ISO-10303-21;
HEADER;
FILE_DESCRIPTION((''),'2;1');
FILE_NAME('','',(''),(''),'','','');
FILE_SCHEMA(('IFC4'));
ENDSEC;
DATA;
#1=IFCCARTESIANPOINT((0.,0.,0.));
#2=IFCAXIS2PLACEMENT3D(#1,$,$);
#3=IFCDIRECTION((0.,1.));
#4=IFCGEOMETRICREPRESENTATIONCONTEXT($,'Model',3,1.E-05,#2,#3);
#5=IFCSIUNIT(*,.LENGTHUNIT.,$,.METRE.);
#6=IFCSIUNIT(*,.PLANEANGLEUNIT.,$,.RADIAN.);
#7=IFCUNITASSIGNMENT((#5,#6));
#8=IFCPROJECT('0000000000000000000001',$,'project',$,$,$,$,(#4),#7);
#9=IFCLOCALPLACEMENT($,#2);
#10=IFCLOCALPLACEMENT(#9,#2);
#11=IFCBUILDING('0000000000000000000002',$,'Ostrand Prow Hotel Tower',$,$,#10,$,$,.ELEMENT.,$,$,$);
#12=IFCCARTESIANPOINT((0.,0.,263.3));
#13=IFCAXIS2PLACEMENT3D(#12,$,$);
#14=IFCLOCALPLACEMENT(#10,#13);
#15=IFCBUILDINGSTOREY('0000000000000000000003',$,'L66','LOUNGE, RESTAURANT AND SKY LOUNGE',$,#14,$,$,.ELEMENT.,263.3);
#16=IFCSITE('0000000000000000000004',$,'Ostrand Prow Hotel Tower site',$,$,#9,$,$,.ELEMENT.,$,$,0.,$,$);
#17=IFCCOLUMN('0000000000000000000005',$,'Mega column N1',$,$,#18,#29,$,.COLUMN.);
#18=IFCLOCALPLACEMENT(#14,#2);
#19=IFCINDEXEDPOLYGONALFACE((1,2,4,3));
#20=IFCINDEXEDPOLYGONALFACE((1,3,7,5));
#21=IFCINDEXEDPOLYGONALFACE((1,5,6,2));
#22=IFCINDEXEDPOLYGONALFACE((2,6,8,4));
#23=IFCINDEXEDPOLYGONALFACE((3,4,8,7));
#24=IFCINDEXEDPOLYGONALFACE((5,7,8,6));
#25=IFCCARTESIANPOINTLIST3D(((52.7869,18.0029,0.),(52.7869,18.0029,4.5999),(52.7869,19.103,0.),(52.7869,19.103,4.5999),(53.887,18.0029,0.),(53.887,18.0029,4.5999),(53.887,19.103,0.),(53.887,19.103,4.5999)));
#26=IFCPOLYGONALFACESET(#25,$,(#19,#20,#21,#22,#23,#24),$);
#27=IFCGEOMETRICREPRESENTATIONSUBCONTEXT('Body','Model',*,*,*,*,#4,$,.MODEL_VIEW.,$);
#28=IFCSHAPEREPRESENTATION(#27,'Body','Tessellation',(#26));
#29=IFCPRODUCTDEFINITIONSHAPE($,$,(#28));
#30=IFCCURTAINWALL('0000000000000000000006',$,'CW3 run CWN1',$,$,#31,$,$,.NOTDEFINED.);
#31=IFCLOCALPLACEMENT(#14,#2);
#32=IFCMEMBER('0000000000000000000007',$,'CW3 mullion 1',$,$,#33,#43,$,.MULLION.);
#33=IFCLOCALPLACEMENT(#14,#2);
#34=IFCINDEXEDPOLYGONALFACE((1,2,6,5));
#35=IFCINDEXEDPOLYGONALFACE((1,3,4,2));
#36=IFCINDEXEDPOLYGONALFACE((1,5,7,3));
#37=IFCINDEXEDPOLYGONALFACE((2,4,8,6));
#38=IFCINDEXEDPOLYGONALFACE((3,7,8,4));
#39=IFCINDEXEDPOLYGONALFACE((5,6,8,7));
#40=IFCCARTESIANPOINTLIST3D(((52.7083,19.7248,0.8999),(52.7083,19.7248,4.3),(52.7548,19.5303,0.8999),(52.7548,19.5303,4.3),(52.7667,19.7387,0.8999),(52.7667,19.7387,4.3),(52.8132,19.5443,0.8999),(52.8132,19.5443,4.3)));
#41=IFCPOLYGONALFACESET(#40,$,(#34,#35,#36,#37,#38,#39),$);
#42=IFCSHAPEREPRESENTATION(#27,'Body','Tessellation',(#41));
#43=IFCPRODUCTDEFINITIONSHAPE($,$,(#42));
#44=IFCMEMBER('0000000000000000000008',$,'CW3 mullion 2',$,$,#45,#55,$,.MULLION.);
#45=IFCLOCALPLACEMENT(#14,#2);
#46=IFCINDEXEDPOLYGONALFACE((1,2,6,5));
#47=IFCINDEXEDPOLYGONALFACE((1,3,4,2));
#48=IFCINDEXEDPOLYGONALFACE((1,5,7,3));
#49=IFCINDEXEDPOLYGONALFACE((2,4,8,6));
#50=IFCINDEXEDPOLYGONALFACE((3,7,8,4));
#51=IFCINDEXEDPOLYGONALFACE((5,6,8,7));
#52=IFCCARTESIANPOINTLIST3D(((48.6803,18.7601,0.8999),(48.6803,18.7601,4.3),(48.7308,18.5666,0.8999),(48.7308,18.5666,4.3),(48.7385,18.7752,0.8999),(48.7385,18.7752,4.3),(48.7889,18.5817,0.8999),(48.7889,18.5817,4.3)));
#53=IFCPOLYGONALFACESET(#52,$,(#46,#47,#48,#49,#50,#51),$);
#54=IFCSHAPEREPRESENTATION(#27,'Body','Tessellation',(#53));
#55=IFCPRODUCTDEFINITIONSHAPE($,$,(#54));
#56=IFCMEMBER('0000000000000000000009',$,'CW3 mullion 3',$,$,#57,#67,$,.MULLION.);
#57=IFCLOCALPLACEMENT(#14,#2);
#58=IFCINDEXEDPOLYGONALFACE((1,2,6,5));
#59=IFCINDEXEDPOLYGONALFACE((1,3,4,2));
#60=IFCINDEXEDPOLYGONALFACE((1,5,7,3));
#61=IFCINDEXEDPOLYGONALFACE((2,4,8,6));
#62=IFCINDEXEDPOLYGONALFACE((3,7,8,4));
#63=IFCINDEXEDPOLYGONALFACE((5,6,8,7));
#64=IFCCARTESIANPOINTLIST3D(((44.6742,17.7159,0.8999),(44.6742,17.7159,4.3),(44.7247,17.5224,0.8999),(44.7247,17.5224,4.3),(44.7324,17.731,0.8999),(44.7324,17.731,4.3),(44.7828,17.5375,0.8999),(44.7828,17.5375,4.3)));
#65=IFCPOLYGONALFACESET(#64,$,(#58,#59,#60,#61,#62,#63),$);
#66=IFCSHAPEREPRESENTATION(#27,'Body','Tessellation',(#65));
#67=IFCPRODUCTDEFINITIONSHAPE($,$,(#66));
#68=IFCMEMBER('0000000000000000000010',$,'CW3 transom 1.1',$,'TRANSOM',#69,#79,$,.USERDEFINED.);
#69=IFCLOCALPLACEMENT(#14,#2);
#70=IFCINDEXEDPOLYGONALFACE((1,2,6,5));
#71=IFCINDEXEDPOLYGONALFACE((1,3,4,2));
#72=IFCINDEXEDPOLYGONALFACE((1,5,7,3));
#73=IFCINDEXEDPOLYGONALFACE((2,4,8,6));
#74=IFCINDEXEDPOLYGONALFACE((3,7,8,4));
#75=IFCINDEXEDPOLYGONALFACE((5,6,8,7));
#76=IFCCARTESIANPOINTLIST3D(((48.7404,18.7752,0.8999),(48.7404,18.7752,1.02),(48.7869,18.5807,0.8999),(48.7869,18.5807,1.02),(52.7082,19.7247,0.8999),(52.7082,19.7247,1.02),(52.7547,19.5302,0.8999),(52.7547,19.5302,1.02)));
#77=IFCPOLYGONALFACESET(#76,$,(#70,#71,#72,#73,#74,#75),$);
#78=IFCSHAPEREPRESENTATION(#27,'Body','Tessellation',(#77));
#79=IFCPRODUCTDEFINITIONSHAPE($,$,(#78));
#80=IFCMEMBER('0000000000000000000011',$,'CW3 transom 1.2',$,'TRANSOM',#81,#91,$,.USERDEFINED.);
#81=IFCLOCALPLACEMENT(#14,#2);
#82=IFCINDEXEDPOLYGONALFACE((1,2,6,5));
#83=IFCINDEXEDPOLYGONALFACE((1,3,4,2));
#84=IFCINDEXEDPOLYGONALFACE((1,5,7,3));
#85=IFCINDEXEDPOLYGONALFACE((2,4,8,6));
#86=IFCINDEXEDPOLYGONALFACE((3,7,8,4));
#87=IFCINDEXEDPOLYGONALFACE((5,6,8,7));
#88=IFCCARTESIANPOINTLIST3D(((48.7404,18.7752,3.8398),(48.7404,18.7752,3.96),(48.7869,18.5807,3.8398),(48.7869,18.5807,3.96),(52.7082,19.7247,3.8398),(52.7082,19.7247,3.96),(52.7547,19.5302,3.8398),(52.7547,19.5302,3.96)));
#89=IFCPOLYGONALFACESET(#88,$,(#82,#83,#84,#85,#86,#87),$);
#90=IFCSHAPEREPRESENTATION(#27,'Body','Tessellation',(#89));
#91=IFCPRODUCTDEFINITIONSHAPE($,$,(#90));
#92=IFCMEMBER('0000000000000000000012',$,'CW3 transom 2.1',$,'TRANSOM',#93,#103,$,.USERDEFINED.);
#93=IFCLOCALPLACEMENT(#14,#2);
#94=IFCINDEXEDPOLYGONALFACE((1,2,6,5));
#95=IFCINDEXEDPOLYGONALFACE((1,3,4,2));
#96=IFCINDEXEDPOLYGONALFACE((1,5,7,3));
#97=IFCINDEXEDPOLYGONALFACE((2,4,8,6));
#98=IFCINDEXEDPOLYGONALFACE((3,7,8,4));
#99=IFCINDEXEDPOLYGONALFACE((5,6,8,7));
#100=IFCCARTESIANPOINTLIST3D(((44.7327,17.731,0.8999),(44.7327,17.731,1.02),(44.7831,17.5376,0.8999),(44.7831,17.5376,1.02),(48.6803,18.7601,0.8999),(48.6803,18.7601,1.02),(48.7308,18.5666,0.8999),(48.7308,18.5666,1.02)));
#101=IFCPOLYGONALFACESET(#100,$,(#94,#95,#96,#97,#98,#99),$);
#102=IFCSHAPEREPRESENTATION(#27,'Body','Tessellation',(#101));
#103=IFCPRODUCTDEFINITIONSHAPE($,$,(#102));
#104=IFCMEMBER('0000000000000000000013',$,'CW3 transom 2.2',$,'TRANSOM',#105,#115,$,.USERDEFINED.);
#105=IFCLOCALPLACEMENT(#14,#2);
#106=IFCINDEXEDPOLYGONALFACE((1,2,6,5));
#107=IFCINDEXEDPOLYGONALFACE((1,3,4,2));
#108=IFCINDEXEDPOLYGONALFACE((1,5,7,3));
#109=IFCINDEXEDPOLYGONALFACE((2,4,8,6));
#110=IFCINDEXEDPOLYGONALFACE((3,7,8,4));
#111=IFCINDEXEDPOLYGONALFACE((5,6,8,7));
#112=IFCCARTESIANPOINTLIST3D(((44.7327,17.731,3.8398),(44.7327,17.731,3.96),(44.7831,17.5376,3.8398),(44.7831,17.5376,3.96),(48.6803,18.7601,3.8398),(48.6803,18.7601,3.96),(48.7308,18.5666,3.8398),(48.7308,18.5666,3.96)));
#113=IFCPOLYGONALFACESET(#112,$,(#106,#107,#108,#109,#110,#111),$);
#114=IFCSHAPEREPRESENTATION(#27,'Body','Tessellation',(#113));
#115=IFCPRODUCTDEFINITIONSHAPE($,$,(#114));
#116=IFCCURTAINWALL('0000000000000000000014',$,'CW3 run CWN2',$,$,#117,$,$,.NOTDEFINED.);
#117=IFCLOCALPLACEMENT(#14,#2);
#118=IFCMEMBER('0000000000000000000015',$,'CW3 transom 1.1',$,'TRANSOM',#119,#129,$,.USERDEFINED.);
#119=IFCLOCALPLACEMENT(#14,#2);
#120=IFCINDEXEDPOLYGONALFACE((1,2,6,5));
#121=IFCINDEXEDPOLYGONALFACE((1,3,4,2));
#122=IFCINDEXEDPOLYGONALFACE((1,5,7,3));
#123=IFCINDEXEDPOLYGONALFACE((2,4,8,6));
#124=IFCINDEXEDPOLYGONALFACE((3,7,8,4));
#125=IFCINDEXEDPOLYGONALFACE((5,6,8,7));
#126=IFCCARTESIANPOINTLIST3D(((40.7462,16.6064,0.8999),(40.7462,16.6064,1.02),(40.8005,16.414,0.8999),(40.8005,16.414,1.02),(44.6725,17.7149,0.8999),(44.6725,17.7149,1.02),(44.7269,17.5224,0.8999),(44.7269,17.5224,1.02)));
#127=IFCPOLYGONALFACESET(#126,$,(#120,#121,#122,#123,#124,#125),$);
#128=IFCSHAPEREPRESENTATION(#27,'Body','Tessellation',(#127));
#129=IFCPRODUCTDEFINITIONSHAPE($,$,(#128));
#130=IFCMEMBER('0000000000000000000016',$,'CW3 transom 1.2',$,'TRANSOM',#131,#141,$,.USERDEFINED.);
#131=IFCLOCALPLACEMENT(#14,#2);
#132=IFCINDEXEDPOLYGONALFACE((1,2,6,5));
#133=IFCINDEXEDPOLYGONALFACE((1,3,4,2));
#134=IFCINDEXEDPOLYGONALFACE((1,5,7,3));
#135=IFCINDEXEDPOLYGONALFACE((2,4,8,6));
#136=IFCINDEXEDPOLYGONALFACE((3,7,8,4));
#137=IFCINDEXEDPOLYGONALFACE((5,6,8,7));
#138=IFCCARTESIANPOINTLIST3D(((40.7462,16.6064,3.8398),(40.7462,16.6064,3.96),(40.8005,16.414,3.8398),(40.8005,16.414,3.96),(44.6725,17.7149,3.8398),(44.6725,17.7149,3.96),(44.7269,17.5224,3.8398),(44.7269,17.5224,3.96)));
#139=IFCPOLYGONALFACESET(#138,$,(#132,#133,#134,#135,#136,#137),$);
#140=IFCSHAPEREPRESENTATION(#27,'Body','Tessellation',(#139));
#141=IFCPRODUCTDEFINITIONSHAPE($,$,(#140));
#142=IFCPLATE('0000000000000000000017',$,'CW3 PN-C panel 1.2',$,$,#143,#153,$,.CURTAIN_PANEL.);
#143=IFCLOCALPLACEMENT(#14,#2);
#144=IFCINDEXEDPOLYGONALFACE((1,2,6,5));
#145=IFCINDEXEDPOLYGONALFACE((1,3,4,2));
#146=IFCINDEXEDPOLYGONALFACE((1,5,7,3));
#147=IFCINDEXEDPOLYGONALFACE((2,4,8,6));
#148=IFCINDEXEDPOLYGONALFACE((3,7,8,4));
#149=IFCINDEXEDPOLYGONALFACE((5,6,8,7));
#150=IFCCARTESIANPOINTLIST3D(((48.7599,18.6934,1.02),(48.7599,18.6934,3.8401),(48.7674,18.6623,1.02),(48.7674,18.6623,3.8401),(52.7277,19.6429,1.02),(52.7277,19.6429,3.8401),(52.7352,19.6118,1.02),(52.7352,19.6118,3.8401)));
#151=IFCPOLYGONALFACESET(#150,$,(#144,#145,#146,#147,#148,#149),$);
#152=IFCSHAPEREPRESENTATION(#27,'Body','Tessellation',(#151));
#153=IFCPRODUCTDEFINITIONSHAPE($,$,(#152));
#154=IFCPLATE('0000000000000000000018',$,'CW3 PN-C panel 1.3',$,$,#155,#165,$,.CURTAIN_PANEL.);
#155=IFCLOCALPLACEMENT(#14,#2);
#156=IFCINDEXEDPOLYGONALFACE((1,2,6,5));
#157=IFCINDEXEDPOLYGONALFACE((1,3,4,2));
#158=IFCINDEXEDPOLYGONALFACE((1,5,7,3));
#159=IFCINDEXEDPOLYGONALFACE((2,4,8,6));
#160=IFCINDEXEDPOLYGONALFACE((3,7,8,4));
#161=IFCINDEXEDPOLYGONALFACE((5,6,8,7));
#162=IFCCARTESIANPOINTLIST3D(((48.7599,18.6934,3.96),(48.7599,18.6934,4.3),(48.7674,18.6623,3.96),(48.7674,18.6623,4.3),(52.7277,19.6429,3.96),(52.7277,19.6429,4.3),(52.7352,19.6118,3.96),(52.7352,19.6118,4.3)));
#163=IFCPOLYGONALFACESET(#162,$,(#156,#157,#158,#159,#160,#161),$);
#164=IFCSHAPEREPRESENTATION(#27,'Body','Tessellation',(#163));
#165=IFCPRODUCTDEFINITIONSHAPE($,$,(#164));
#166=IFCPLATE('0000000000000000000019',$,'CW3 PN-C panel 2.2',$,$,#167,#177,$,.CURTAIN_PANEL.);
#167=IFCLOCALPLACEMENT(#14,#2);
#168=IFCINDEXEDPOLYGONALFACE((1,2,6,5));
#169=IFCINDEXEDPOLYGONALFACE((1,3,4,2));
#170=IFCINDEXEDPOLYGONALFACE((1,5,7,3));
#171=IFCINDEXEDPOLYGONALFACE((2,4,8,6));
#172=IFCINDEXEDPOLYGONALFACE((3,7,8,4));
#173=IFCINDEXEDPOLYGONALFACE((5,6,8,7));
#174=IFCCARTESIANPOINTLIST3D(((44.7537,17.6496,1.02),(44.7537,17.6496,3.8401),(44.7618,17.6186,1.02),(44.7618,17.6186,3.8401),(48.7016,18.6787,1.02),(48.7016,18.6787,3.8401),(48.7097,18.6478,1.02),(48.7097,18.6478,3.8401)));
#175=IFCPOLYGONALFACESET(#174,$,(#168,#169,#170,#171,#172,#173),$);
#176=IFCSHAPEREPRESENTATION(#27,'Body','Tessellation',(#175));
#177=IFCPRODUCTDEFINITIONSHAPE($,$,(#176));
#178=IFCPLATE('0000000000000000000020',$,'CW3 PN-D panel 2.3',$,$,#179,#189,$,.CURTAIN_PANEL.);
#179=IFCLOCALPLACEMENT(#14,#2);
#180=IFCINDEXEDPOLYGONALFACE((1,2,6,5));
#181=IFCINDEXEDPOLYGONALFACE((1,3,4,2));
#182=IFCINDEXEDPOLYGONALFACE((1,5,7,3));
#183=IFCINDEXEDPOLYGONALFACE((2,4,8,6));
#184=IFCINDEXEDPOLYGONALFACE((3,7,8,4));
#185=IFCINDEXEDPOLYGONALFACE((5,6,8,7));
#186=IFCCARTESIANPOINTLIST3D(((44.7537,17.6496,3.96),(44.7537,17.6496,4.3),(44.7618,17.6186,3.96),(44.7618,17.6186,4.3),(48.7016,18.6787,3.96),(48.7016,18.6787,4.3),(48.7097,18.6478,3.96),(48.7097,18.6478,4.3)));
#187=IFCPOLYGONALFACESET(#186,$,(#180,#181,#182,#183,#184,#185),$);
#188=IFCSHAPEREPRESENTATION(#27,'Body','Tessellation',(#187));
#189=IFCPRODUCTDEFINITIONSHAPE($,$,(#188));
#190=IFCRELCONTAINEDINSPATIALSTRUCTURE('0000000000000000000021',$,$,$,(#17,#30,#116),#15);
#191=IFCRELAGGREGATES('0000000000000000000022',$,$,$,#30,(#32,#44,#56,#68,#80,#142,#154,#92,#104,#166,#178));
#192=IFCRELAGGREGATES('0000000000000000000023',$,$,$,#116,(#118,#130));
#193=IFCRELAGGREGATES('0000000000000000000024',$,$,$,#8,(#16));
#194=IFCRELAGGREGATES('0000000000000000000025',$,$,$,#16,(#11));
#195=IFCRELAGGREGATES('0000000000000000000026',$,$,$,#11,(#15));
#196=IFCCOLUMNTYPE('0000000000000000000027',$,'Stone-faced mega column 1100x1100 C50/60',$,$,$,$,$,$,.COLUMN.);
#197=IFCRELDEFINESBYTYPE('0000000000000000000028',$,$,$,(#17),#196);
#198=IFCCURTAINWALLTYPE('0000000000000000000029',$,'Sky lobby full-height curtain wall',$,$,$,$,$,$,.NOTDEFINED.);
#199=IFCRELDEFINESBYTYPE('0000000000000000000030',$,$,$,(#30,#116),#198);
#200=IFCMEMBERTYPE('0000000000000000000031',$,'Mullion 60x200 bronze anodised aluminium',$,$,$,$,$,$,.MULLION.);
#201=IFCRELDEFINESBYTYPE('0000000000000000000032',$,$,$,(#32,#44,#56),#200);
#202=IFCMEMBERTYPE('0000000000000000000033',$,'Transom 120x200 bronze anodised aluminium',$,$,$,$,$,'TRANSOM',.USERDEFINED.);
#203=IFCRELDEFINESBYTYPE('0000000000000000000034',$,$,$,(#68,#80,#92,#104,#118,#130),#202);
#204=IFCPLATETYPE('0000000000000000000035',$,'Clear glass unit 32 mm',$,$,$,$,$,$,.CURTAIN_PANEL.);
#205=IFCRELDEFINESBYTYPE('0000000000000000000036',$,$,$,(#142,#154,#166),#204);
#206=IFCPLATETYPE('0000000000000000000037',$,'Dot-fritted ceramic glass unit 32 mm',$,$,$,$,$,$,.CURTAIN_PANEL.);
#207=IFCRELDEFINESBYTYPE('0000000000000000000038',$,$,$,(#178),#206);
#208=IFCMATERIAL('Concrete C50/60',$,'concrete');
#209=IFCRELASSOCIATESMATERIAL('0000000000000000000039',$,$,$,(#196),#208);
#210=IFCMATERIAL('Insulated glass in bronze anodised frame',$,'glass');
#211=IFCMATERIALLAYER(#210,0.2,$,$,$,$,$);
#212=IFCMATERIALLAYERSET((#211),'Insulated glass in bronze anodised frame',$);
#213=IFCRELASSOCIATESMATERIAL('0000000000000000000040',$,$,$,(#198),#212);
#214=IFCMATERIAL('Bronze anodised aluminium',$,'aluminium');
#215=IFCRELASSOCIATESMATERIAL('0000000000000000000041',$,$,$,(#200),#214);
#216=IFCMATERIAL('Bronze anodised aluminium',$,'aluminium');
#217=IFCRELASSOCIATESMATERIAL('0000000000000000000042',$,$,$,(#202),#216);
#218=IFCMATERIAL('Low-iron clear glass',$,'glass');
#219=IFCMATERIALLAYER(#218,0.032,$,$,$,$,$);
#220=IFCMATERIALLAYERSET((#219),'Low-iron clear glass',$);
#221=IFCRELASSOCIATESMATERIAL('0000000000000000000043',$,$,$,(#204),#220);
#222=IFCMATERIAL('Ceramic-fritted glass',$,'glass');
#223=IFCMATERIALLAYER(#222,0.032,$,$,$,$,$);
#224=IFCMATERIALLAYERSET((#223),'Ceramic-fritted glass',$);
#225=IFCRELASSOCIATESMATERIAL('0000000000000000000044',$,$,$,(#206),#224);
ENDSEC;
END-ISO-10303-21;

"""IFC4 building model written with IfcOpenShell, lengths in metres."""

from ifc_helpers import new_model, si_unit, direction, frame, origin, origin_2d, place, context, subcontext, project, spatial, rectangle, extrude, material, layer, layer_set, material_profile, profile_set, type_object, element, aggregate, save


model = new_model("IFC4")

# Units and contexts
model_context = context("Model", 3, precision=1e-05, world=origin(), true_north=direction((0.0, 1.0)))
body_context = subcontext(model_context, "Body", "Model", "MODEL_VIEW")
ifc_project = project(units=[si_unit("LENGTHUNIT", "METRE"), si_unit("PLANEANGLEUNIT", "RADIAN")], contexts=[model_context])

# Site, building, storey
site_placement = place(None, origin())
site = spatial("IfcSite", under=ifc_project, at=site_placement, Name="Ostrand Prow Hotel Tower site", CompositionType="ELEMENT", RefElevation=0.0)
building_placement = place(site_placement, origin())
building = spatial("IfcBuilding", under=site, at=building_placement, Name="Ostrand Prow Hotel Tower", CompositionType="ELEMENT")
storey_placement = place(building_placement, frame((0.0, 0.0, 263.3)))
storey = spatial("IfcBuildingStorey", under=building, at=storey_placement, Name="L66", Description="LOUNGE, RESTAURANT AND SKY LOUNGE", CompositionType="ELEMENT", Elevation=263.3)

# Column
ifc_material_1 = material(Name="Concrete C50/60", Category="concrete")
ifc_material_profile_1 = material_profile(ifc_material_1, rectangle(XDim=1.1001, YDim=1.1001, at=origin_2d()), Name="RC 1100x1100")
ifc_profile_set_1 = profile_set([ifc_material_profile_1], Name="Concrete C50/60")
column_type = type_object("IfcColumnType", Name="Stone-faced mega column 1100x1100 C50/60", PredefinedType="COLUMN", material=ifc_profile_set_1)
column_placement = place(storey_placement, frame((53.3369, 18.553, 0.0), z_axis=(0.0, 0.0, 1.0), x_axis=(1.0, 0.0, 0.0)))
element("IfcColumn", 1, at=column_placement, inside=storey, type_object=column_type, Name="Mega column N1", PredefinedType="COLUMN", context=body_context, shape_type="SweptSolid", body=[
    extrude(rectangle(XDim=1.1001, YDim=1.1001, at=origin_2d()), origin(), (0.0, 0.0, 1.0), 4.5999),
])

# Curtain walls, members
ifc_material_2 = material(Name="Insulated glass in bronze anodised frame", Category="glass")
ifc_layer_1 = layer(ifc_material_2, 0.2)
ifc_layer_set_1 = layer_set([ifc_layer_1], Name="Insulated glass in bronze anodised frame")
curtain_wall_type = type_object("IfcCurtainWallType", Name="Sky lobby full-height curtain wall", PredefinedType="NOTDEFINED", material=ifc_layer_set_1)
curtain_wall_1_placement = place(storey_placement, origin())
curtain_wall_1 = element("IfcCurtainWall", 2, at=curtain_wall_1_placement, inside=storey, type_object=curtain_wall_type, Name="CW3 run CWN1", PredefinedType="NOTDEFINED")
ifc_material_3 = material(Name="Bronze anodised aluminium", Category="aluminium")
ifc_material_profile_2 = material_profile(ifc_material_3, rectangle(XDim=0.2, YDim=0.0601, at=origin_2d()), Name="Mullion 60x200 bronze anodised aluminium")
ifc_profile_set_2 = profile_set([ifc_material_profile_2], Name="Bronze anodised aluminium")
member_type_1 = type_object("IfcMemberType", Name="Mullion 60x200 bronze anodised aluminium", PredefinedType="MULLION", material=ifc_profile_set_2)
member_1_placement = place(storey_placement, frame((52.7607, 19.6345, 0.8999), z_axis=(0.0, 0.0, 1.0), x_axis=(0.232746, -0.972538, 0.0)))
member_1 = element("IfcMember", 3, at=member_1_placement, type_object=member_type_1, Name="CW3 mullion 1", PredefinedType="MULLION", context=body_context, shape_type="SweptSolid", body=[
    extrude(rectangle(XDim=0.2, YDim=0.0601, at=origin_2d()), origin(), (0.0, 0.0, 1.0), 3.4001),
])
member_2_placement = place(storey_placement, frame((48.7346, 18.6709, 0.8999), z_axis=(0.0, 0.0, 1.0), x_axis=(0.252248, -0.967663, 0.0)))
member_2 = element("IfcMember", 4, at=member_2_placement, type_object=member_type_1, Name="CW3 mullion 2", PredefinedType="MULLION", context=body_context, shape_type="SweptSolid", body=[
    extrude(rectangle(XDim=0.2, YDim=0.0601, at=origin_2d()), origin(), (0.0, 0.0, 1.0), 3.4001),
])
member_3_placement = place(storey_placement, frame((44.7285, 17.6267, 0.8999), z_axis=(0.0, 0.0, 1.0), x_axis=(0.252248, -0.967663, 0.0)))
member_3 = element("IfcMember", 5, at=member_3_placement, type_object=member_type_1, Name="CW3 mullion 3", PredefinedType="MULLION", context=body_context, shape_type="SweptSolid", body=[
    extrude(rectangle(XDim=0.2, YDim=0.0601, at=origin_2d()), origin(), (0.0, 0.0, 1.0), 3.4001),
])
ifc_material_4 = material(Name="Bronze anodised aluminium", Category="aluminium")
ifc_material_profile_3 = material_profile(ifc_material_4, rectangle(XDim=0.2, YDim=0.1201, at=origin_2d()), Name="Transom 120x200 bronze anodised aluminium")
ifc_profile_set_3 = profile_set([ifc_material_profile_3], Name="Bronze anodised aluminium")
member_type_2 = type_object("IfcMemberType", Name="Transom 120x200 bronze anodised aluminium", ElementType="TRANSOM", PredefinedType="USERDEFINED", material=ifc_profile_set_3)
member_4_placement = place(storey_placement, frame((52.7314, 19.6274, 0.96), z_axis=(-0.972543, -0.232723, 0.0), x_axis=(0.232723, -0.972543, 0.0)))
member_4 = element("IfcMember", 6, at=member_4_placement, type_object=member_type_2, Name="CW3 transom 1.1", ObjectType="TRANSOM", PredefinedType="USERDEFINED", context=body_context, shape_type="SweptSolid", body=[
    extrude(rectangle(XDim=0.2, YDim=0.1201, at=origin_2d()), origin(), (0.0, 0.0, 1.0), 4.0798),
])
member_5_placement = place(storey_placement, frame((52.7314, 19.6274, 3.8999), z_axis=(-0.972543, -0.232723, 0.0), x_axis=(0.232723, -0.972543, 0.0)))
member_5 = element("IfcMember", 7, at=member_5_placement, type_object=member_type_2, Name="CW3 transom 1.2", ObjectType="TRANSOM", PredefinedType="USERDEFINED", context=body_context, shape_type="SweptSolid", body=[
    extrude(rectangle(XDim=0.2, YDim=0.1201, at=origin_2d()), origin(), (0.0, 0.0, 1.0), 4.0798),
])
member_6_placement = place(storey_placement, frame((48.7056, 18.6633, 0.96), z_axis=(-0.967665, -0.252239, 0.0), x_axis=(0.252239, -0.967665, 0.0)))
member_6 = element("IfcMember", 8, at=member_6_placement, type_object=member_type_2, Name="CW3 transom 2.1", ObjectType="TRANSOM", PredefinedType="USERDEFINED", context=body_context, shape_type="SweptSolid", body=[
    extrude(rectangle(XDim=0.2, YDim=0.1201, at=origin_2d()), origin(), (0.0, 0.0, 1.0), 4.0796),
])
member_7_placement = place(storey_placement, frame((48.7056, 18.6633, 3.8999), z_axis=(-0.967665, -0.252239, 0.0), x_axis=(0.252239, -0.967665, 0.0)))
member_7 = element("IfcMember", 9, at=member_7_placement, type_object=member_type_2, Name="CW3 transom 2.2", ObjectType="TRANSOM", PredefinedType="USERDEFINED", context=body_context, shape_type="SweptSolid", body=[
    extrude(rectangle(XDim=0.2, YDim=0.1201, at=origin_2d()), origin(), (0.0, 0.0, 1.0), 4.0796),
])
curtain_wall_2_placement = place(storey_placement, origin())
curtain_wall_2 = element("IfcCurtainWall", 10, at=curtain_wall_2_placement, inside=storey, type_object=curtain_wall_type, Name="CW3 run CWN2", PredefinedType="NOTDEFINED")
member_8_placement = place(storey_placement, frame((44.6997, 17.6187, 0.96), z_axis=(-0.962386, -0.271685, 0.0), x_axis=(0.271685, -0.962386, 0.0)))
member_8 = element("IfcMember", 11, at=member_8_placement, type_object=member_type_2, Name="CW3 transom 1.1", ObjectType="TRANSOM", PredefinedType="USERDEFINED", context=body_context, shape_type="SweptSolid", body=[
    extrude(rectangle(XDim=0.2, YDim=0.1201, at=origin_2d()), origin(), (0.0, 0.0, 1.0), 4.0798),
])
member_9_placement = place(storey_placement, frame((44.6997, 17.6187, 3.8999), z_axis=(-0.962386, -0.271685, 0.0), x_axis=(0.271685, -0.962386, 0.0)))
member_9 = element("IfcMember", 12, at=member_9_placement, type_object=member_type_2, Name="CW3 transom 1.2", ObjectType="TRANSOM", PredefinedType="USERDEFINED", context=body_context, shape_type="SweptSolid", body=[
    extrude(rectangle(XDim=0.2, YDim=0.1201, at=origin_2d()), origin(), (0.0, 0.0, 1.0), 4.0798),
])

# Plates
ifc_material_5 = material(Name="Low-iron clear glass", Category="glass")
ifc_layer_2 = layer(ifc_material_5, 0.032)
ifc_layer_set_2 = layer_set([ifc_layer_2], Name="Low-iron clear glass")
plate_type_1 = type_object("IfcPlateType", Name="Clear glass unit 32 mm", PredefinedType="CURTAIN_PANEL", material=ifc_layer_set_2)
plate_1_placement = place(storey_placement, frame((50.7476, 19.1526, 1.02), z_axis=(0.0, 0.0, 1.0), x_axis=(-0.972538, -0.232746, 0.0)))
plate_1 = element("IfcPlate", 13, at=plate_1_placement, type_object=plate_type_1, Name="CW3 PN-C panel 1.2", PredefinedType="CURTAIN_PANEL", context=body_context, shape_type="SweptSolid", body=[
    extrude(rectangle(XDim=4.0798, YDim=0.032, at=origin_2d()), origin(), (0.0, 0.0, 1.0), 2.8201),
])
plate_2_placement = place(storey_placement, frame((50.7476, 19.1526, 3.96), z_axis=(0.0, 0.0, 1.0), x_axis=(-0.972538, -0.232746, 0.0)))
plate_2 = element("IfcPlate", 14, at=plate_2_placement, type_object=plate_type_1, Name="CW3 PN-C panel 1.3", PredefinedType="CURTAIN_PANEL", context=body_context, shape_type="SweptSolid", body=[
    extrude(rectangle(XDim=4.0798, YDim=0.032, at=origin_2d()), origin(), (0.0, 0.0, 1.0), 0.3401),
])
plate_3_placement = place(storey_placement, frame((46.7317, 18.1487, 1.02), z_axis=(0.0, 0.0, 1.0), x_axis=(-0.967663, -0.252248, 0.0)))
plate_3 = element("IfcPlate", 15, at=plate_3_placement, type_object=plate_type_1, Name="CW3 PN-C panel 2.2", PredefinedType="CURTAIN_PANEL", context=body_context, shape_type="SweptSolid", body=[
    extrude(rectangle(XDim=4.0798, YDim=0.032, at=origin_2d()), origin(), (0.0, 0.0, 1.0), 2.8201),
])
ifc_material_6 = material(Name="Ceramic-fritted glass", Category="glass")
ifc_layer_3 = layer(ifc_material_6, 0.032)
ifc_layer_set_3 = layer_set([ifc_layer_3], Name="Ceramic-fritted glass")
plate_type_2 = type_object("IfcPlateType", Name="Dot-fritted ceramic glass unit 32 mm", PredefinedType="CURTAIN_PANEL", material=ifc_layer_set_3)
plate_4_placement = place(storey_placement, frame((46.7317, 18.1487, 3.96), z_axis=(0.0, 0.0, 1.0), x_axis=(-0.967663, -0.252248, 0.0)))
plate_4 = element("IfcPlate", 16, at=plate_4_placement, type_object=plate_type_2, Name="CW3 PN-D panel 2.3", PredefinedType="CURTAIN_PANEL", context=body_context, shape_type="SweptSolid", body=[
    extrude(rectangle(XDim=4.0798, YDim=0.032, at=origin_2d()), origin(), (0.0, 0.0, 1.0), 0.3401),
])
aggregate(curtain_wall_1, [member_1, member_2, member_3, member_4, member_5, plate_1, plate_2, member_6, member_7, plate_3, plate_4])
aggregate(curtain_wall_2, [member_8, member_9])

save(model, "model.ifc")
